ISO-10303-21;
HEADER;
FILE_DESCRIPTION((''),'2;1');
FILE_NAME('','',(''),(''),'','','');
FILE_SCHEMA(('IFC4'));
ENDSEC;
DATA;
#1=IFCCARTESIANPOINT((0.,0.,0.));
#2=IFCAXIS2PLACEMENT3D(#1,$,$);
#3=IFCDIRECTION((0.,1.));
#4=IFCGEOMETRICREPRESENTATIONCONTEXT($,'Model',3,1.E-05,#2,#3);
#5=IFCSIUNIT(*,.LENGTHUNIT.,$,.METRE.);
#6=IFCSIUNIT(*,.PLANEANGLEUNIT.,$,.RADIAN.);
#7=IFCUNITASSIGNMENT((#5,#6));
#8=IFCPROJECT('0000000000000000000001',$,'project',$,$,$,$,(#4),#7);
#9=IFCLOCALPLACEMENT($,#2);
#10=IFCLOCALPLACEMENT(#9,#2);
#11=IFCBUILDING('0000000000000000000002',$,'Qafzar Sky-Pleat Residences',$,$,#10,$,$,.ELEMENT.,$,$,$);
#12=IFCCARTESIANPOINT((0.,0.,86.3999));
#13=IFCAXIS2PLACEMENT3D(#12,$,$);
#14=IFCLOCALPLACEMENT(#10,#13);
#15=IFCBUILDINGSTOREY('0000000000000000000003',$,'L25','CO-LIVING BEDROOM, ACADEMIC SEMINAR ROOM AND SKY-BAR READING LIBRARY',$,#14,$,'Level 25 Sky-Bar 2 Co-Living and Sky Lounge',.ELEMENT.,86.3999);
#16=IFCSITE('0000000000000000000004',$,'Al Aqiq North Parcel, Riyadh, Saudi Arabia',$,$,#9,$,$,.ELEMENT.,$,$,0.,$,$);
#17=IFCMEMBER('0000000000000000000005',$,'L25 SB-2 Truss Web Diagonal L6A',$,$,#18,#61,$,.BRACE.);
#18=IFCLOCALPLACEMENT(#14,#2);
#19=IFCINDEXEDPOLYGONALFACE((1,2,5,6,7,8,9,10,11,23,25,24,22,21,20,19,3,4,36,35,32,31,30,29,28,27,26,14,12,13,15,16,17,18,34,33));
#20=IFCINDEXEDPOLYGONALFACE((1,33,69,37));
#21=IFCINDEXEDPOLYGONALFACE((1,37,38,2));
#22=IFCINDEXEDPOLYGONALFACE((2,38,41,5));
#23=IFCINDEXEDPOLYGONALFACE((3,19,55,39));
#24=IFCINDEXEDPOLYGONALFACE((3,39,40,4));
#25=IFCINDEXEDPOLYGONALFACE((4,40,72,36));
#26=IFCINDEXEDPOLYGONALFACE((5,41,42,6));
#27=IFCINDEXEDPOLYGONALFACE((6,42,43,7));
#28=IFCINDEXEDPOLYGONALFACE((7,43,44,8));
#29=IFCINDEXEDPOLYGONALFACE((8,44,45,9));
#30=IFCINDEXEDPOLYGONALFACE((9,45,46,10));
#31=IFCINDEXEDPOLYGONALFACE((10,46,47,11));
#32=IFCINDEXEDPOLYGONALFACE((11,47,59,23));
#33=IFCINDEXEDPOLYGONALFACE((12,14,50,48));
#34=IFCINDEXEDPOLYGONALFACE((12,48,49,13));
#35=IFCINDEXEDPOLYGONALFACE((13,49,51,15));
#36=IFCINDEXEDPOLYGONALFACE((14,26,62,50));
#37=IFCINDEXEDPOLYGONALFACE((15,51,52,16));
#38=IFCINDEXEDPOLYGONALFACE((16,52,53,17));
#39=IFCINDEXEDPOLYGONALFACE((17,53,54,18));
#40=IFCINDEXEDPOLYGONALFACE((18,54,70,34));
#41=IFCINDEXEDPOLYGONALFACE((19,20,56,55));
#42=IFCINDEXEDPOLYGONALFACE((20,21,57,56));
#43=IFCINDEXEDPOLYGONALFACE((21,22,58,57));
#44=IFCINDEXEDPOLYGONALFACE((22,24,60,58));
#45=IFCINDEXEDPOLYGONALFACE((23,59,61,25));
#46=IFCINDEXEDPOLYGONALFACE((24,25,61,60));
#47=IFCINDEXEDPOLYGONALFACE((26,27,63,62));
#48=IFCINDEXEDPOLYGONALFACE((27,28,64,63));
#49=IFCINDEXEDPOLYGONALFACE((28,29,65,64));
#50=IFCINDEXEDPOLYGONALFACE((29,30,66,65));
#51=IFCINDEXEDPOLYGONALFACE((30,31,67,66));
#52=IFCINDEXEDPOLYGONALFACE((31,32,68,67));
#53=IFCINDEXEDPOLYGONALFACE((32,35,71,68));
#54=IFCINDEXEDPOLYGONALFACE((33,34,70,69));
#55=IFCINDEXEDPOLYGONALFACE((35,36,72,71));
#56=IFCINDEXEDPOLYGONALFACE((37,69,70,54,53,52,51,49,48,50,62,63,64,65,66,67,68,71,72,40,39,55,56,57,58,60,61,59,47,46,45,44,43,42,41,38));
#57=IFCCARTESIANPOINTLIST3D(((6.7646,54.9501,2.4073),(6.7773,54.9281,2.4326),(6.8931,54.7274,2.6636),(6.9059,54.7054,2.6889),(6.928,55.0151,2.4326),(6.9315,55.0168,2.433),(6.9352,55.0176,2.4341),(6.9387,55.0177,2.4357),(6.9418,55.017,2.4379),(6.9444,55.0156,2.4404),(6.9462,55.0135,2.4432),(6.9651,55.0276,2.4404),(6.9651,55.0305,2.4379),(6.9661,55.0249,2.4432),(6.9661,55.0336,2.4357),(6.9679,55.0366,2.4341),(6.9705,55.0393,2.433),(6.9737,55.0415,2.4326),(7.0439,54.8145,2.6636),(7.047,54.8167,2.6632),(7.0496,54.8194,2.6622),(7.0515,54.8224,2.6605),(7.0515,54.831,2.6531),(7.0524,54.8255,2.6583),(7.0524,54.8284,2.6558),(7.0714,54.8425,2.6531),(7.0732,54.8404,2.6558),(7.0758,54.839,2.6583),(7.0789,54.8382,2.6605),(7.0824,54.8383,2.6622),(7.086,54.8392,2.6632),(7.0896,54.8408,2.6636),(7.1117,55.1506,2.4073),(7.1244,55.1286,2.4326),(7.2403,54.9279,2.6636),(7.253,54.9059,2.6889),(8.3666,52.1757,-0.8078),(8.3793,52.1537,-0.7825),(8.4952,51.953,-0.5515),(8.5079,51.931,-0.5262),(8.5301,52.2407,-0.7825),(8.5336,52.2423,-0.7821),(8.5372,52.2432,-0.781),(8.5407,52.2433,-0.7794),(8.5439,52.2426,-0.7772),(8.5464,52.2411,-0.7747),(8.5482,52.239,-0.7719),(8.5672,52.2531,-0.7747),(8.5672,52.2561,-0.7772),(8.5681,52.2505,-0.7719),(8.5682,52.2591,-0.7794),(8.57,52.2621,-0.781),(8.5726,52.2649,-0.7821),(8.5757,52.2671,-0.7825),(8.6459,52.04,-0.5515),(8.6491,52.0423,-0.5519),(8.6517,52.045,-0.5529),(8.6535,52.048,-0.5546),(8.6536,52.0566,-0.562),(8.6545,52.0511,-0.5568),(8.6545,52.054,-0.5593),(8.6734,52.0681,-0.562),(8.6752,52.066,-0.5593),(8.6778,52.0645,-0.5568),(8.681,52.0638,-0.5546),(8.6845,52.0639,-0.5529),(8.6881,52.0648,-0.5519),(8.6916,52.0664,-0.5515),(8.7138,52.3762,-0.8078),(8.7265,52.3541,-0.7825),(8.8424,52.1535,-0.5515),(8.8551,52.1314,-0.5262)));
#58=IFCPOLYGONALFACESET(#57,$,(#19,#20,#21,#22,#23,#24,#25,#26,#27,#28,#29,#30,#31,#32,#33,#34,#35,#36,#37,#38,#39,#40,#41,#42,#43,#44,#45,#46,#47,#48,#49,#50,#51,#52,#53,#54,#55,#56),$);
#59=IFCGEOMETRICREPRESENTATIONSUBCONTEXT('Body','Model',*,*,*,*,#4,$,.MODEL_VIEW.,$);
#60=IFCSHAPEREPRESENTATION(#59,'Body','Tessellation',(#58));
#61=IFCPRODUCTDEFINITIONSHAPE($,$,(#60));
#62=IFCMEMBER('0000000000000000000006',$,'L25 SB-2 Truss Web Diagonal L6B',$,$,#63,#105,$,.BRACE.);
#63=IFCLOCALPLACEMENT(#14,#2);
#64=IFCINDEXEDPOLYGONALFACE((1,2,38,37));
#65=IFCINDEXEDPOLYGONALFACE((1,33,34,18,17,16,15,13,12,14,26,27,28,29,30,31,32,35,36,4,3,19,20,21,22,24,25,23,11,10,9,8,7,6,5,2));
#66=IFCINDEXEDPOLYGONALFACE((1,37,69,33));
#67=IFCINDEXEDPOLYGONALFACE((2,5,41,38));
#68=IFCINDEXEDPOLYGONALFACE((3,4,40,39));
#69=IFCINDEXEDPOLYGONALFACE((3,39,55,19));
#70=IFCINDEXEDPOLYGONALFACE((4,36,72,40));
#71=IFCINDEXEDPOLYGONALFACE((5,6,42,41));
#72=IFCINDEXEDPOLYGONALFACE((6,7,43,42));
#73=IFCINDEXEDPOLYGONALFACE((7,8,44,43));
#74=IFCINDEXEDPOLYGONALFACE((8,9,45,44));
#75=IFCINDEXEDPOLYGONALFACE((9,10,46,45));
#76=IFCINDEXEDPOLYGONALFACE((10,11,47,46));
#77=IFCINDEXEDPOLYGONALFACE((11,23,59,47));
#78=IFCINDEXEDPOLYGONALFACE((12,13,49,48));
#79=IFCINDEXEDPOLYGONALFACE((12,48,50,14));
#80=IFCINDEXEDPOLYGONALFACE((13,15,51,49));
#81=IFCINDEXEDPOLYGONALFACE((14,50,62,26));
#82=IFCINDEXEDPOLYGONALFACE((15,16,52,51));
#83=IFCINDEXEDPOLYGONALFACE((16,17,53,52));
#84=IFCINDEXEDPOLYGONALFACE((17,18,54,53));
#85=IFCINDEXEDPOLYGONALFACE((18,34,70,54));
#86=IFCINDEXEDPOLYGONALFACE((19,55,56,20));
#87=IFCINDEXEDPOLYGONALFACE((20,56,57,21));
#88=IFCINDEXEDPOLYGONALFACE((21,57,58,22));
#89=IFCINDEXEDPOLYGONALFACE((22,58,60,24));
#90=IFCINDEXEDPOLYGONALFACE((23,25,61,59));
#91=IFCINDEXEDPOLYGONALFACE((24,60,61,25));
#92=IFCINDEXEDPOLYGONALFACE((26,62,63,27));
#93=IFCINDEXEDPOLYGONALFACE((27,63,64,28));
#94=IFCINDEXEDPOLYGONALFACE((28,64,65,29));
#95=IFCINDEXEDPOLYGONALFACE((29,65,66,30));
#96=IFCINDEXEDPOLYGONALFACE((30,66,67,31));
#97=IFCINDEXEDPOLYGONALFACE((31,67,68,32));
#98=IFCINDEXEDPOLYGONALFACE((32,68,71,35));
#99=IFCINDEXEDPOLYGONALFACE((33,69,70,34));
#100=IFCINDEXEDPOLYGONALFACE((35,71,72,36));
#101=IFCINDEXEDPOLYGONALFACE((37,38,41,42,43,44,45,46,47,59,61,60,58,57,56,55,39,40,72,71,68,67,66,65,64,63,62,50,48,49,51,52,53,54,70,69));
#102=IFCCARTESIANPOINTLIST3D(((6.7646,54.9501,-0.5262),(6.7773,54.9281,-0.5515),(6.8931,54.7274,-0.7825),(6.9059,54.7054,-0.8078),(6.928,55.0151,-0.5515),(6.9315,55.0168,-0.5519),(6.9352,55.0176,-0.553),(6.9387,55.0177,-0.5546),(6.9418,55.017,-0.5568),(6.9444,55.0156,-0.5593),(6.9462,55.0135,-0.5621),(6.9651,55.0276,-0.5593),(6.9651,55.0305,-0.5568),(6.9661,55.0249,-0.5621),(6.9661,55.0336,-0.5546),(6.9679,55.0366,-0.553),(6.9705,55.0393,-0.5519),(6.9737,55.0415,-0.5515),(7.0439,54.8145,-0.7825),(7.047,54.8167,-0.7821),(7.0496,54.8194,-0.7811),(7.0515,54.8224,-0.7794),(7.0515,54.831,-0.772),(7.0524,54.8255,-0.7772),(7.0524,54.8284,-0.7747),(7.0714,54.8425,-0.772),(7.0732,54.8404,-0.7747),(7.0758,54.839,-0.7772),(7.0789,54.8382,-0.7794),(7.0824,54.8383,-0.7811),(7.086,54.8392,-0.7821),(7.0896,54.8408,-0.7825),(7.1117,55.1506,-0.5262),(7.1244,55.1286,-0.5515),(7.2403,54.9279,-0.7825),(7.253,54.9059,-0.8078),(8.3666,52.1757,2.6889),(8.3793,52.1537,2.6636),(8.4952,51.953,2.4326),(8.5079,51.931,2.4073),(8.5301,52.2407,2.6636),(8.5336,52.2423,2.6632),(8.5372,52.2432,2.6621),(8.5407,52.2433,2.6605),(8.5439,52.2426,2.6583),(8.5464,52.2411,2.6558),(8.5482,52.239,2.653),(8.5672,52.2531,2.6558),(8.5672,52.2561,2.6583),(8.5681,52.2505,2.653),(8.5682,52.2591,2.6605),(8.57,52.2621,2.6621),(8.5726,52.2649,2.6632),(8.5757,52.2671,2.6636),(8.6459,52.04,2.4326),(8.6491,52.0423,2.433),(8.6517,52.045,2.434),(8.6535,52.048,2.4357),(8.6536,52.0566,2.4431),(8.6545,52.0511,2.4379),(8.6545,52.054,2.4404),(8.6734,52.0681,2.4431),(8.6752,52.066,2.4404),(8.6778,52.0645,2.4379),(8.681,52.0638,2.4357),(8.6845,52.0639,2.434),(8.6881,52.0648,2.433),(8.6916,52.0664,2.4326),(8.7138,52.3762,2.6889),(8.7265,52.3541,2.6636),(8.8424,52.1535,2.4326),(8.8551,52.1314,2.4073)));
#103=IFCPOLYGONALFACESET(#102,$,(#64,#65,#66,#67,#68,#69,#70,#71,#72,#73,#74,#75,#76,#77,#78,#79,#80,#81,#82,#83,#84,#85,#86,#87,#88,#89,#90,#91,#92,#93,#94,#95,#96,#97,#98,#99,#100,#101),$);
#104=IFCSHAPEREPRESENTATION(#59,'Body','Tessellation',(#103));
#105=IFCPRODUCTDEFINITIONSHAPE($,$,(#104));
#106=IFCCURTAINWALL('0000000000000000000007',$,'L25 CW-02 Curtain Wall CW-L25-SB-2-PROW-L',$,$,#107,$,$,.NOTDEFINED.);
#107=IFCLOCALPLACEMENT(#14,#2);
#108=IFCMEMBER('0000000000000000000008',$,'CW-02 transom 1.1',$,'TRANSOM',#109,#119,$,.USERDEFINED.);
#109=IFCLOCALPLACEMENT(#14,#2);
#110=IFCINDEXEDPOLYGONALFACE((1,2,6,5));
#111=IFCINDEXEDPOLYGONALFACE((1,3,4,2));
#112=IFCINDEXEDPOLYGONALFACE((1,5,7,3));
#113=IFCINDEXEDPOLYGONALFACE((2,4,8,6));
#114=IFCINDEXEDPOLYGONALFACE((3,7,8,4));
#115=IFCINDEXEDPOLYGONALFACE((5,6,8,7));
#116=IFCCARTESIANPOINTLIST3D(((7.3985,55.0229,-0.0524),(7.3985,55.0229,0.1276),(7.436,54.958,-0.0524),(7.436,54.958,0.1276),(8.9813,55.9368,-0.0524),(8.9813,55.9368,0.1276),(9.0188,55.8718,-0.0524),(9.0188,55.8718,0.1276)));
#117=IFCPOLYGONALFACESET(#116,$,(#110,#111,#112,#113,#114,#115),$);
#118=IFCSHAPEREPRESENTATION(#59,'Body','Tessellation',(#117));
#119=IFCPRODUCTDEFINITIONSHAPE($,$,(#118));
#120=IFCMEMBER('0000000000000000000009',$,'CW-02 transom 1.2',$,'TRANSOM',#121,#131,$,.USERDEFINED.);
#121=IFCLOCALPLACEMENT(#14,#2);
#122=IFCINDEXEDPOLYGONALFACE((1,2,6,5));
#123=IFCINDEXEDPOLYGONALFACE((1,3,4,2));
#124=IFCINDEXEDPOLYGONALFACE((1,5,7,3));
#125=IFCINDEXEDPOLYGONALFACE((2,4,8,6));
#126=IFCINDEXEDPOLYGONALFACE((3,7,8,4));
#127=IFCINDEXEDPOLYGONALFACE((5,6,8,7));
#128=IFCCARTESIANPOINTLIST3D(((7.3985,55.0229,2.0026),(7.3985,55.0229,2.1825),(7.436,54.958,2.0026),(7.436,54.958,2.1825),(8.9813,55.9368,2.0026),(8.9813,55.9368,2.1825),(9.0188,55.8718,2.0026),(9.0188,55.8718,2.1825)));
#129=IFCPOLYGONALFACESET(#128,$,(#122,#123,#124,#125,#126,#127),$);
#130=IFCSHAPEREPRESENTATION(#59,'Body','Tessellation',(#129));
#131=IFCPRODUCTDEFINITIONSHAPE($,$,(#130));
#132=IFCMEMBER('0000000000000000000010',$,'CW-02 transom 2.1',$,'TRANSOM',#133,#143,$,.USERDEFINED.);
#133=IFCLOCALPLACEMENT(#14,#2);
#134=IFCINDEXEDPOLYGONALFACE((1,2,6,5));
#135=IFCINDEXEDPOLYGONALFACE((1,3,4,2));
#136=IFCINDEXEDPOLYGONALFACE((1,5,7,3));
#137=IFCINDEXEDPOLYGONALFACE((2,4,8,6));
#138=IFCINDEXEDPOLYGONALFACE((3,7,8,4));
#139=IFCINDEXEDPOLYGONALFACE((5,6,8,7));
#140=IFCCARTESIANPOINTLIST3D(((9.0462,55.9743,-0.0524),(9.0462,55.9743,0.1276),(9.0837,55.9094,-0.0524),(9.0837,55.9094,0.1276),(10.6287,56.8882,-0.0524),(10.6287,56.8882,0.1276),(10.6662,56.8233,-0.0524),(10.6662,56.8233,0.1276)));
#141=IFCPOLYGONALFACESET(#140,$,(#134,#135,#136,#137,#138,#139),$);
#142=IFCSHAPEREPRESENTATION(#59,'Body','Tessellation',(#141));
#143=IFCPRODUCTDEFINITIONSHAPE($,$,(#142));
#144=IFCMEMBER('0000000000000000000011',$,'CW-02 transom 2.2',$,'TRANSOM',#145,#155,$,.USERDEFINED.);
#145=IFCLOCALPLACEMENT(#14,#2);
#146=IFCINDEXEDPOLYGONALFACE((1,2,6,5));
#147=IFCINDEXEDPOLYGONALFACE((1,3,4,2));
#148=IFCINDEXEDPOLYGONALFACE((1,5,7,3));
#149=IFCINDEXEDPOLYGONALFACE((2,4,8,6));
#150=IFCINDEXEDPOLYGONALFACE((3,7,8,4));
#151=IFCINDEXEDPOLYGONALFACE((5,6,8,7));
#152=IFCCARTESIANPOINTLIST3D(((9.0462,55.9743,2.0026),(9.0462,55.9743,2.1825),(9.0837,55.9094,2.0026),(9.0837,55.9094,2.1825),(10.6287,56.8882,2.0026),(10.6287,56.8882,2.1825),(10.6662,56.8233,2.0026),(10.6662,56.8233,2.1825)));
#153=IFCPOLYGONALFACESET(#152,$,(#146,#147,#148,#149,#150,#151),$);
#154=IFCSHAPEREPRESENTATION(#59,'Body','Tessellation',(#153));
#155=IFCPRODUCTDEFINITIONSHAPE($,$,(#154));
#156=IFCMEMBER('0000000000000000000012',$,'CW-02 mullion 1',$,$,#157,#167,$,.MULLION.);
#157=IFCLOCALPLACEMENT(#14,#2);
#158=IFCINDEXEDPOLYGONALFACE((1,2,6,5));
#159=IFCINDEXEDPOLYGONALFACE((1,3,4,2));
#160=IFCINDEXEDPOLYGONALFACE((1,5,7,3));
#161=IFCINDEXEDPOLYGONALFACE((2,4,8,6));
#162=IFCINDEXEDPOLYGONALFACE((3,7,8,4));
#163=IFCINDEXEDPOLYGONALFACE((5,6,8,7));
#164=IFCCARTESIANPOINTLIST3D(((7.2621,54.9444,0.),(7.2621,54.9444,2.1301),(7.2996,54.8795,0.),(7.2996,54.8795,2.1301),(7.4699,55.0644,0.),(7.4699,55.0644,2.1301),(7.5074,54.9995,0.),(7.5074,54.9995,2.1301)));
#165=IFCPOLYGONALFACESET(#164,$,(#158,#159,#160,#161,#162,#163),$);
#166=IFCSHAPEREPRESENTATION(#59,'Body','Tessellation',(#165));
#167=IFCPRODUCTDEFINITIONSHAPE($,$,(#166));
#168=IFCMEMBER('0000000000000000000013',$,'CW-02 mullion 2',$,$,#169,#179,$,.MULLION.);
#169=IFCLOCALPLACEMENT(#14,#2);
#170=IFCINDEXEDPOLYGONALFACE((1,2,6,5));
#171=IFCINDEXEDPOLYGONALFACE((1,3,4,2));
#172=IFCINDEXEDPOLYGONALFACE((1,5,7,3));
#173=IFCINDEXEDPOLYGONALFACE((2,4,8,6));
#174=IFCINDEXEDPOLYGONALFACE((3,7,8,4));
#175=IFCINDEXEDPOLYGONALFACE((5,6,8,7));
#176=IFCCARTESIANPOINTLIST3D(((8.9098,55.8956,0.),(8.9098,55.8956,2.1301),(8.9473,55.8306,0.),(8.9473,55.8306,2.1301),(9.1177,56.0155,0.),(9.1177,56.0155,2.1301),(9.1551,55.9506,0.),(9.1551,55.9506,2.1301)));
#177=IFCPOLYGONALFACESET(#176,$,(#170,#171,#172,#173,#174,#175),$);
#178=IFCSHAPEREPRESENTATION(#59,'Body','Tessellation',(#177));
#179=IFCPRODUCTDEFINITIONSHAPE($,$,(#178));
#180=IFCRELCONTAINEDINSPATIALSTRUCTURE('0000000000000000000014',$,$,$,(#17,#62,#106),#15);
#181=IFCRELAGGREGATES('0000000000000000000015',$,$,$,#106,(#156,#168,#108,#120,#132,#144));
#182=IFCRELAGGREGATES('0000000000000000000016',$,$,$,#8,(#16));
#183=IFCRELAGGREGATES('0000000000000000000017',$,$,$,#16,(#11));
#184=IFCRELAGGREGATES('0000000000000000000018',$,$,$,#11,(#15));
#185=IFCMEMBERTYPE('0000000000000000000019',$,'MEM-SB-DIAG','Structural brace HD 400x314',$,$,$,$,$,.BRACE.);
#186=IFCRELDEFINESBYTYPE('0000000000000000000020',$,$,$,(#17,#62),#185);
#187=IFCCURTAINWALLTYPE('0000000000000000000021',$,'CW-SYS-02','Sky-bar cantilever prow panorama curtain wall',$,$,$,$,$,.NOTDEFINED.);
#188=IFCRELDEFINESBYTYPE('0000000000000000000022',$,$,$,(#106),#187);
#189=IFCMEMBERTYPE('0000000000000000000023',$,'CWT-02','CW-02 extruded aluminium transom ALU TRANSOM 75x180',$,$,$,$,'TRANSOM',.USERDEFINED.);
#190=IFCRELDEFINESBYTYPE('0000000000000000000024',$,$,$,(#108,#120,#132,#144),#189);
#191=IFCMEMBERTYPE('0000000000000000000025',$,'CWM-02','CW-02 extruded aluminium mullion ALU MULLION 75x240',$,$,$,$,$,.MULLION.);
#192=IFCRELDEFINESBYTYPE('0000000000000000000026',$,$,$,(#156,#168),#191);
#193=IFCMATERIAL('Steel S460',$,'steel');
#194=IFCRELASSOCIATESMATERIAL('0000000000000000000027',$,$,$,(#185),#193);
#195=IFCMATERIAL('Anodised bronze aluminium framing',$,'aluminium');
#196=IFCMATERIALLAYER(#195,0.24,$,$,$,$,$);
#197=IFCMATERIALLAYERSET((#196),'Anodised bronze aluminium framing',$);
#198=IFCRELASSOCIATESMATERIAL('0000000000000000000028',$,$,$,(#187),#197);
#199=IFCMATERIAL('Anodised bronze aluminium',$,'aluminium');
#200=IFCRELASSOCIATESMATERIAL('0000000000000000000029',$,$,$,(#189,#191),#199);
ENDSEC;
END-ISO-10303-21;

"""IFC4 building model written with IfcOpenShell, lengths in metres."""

from ifc_helpers import new_model, si_unit, direction, frame, origin, origin_2d, place, context, subcontext, project, spatial, rectangle, i_section, extrude, source, transform, mapped, material, layer, layer_set, material_profile, profile_set, type_object, element, aggregate, save


model = new_model("IFC4")

# Units and contexts
model_context = context("Model", 3, precision=1e-05, world=origin(), true_north=direction((0.0, 1.0)))
body_context = subcontext(model_context, "Body", "Model", "MODEL_VIEW")
ifc_project = project(units=[si_unit("LENGTHUNIT", "METRE"), si_unit("PLANEANGLEUNIT", "RADIAN")], contexts=[model_context])

# Site, building, storey
site_placement = place(None, origin())
site = spatial("IfcSite", under=ifc_project, at=site_placement, Name="Al Aqiq North Parcel, Riyadh, Saudi Arabia", CompositionType="ELEMENT", RefElevation=0.0)
building_placement = place(site_placement, origin())
building = spatial("IfcBuilding", under=site, at=building_placement, Name="Qafzar Sky-Pleat Residences", CompositionType="ELEMENT")
storey_placement = place(building_placement, frame((0.0, 0.0, 86.3999)))
storey = spatial("IfcBuildingStorey", under=building, at=storey_placement, Name="L25", Description="CO-LIVING BEDROOM, ACADEMIC SEMINAR ROOM AND SKY-BAR READING LIBRARY", LongName="Level 25 Sky-Bar 2 Co-Living and Sky Lounge", CompositionType="ELEMENT", Elevation=86.3999)

# Members
ifc_material_1 = material(Name="Steel S460", Category="steel")
ifc_material_profile_1 = material_profile(ifc_material_1, i_section(OverallWidth=0.4009, OverallDepth=0.3989, WebThickness=0.0229, FlangeThickness=0.0359, FilletRadius=0.0149, at=origin_2d()), Name="HD 400x314")
ifc_profile_set_1 = profile_set([ifc_material_profile_1], Name="Steel S460")
member_type_1 = type_object("IfcMemberType", Name="MEM-SB-DIAG", Description="Structural brace HD 400x314", PredefinedType="BRACE", material=ifc_profile_set_1)
shared_shape_1 = source(origin(), body_context, "Body", "SweptSolid", [
    extrude(i_section(OverallWidth=0.4009, OverallDepth=0.3989, WebThickness=0.0229, FlangeThickness=0.0359, FilletRadius=0.0149, at=origin_2d()), origin(), (0.0, 0.0, 1.0), 4.5388),
])
for number, where, z_axis, x_axis, name in (
    (1, (8.6108, 52.1536, -0.667), (-0.352968, 0.611266, 0.708356), (-0.865993, -0.500057, 0.0), "L25 SB-2 Truss Web Diagonal L6A"),
    (2, (8.6108, 52.1536, 2.5481), (-0.352968, 0.611266, -0.708356), (-0.865993, -0.500057, 0.0), "L25 SB-2 Truss Web Diagonal L6B"),
):
    element("IfcMember", number, at=place(storey_placement, frame(where, z_axis=z_axis, x_axis=x_axis)), inside=storey, type_object=member_type_1, Name=name, PredefinedType="BRACE", context=body_context, shape_type="MappedRepresentation", body=[
        mapped(shared_shape_1, transform((0.0, 0.0, 0.0), x_axis=(1.0, 0.0, 0.0), y_axis=(0.0, 1.0, 0.0), z_axis=(0.0, 0.0, 1.0), scale=1.0)),
    ])

# Curtain wall, members
ifc_material_2 = material(Name="Anodised bronze aluminium framing", Category="aluminium")
ifc_layer_1 = layer(ifc_material_2, 0.24)
ifc_layer_set_1 = layer_set([ifc_layer_1], Name="Anodised bronze aluminium framing")
curtain_wall_type = type_object("IfcCurtainWallType", Name="CW-SYS-02", Description="Sky-bar cantilever prow panorama curtain wall", PredefinedType="NOTDEFINED", material=ifc_layer_set_1)
curtain_wall_placement = place(storey_placement, origin())
curtain_wall = element("IfcCurtainWall", 3, at=curtain_wall_placement, inside=storey, type_object=curtain_wall_type, Name="L25 CW-02 Curtain Wall CW-L25-SB-2-PROW-L", PredefinedType="NOTDEFINED")
ifc_material_3 = material(Name="Anodised bronze aluminium", Category="aluminium")
ifc_material_profile_2 = material_profile(ifc_material_3, rectangle(XDim=0.075, YDim=0.1799, at=origin_2d()), Name="ALU TRANSOM 75x180")
ifc_profile_set_2 = profile_set([ifc_material_profile_2], Name="Anodised bronze aluminium")
member_type_2 = type_object("IfcMemberType", Name="CWT-02", Description="CW-02 extruded aluminium transom ALU TRANSOM 75x180", ElementType="TRANSOM", PredefinedType="USERDEFINED", material=ifc_profile_set_2)
shared_shape_2 = source(origin(), body_context, "Body", "SweptSolid", [
    extrude(rectangle(XDim=0.075, YDim=0.1799, at=origin_2d()), origin(), (0.0, 0.0, 1.0), 1.8276),
])
member_1_placement = place(storey_placement, frame((7.4172, 54.9905, 0.0376), z_axis=(0.866023, 0.500004, 0.0), x_axis=(-0.500004, 0.866023, 0.0)))
member_1 = element("IfcMember", 4, at=member_1_placement, type_object=member_type_2, Name="CW-02 transom 1.1", ObjectType="TRANSOM", PredefinedType="USERDEFINED", context=body_context, shape_type="MappedRepresentation", body=[
    mapped(shared_shape_2, transform((0.0, 0.0, 0.0), x_axis=(1.0, 0.0, 0.0), y_axis=(0.0, 1.0, 0.0), z_axis=(0.0, 0.0, 1.0), scale=1.0)),
])
member_2_placement = place(storey_placement, frame((7.4172, 54.9905, 2.0925), z_axis=(0.866023, 0.500004, 0.0), x_axis=(-0.500004, 0.866023, 0.0)))
member_2 = element("IfcMember", 5, at=member_2_placement, type_object=member_type_2, Name="CW-02 transom 1.2", ObjectType="TRANSOM", PredefinedType="USERDEFINED", context=body_context, shape_type="MappedRepresentation", body=[
    mapped(shared_shape_2, transform((0.0, 0.0, 0.0), x_axis=(1.0, 0.0, 0.0), y_axis=(0.0, 1.0, 0.0), z_axis=(0.0, 0.0, 1.0), scale=1.0)),
])
shared_shape_3 = source(origin(), body_context, "Body", "SweptSolid", [
    extrude(rectangle(XDim=0.075, YDim=0.1799, at=origin_2d()), origin(), (0.0, 0.0, 1.0), 1.8274),
])
member_3_placement = place(storey_placement, frame((9.0649, 55.9419, 0.0376), z_axis=(0.86599, 0.500062, 0.0), x_axis=(-0.500062, 0.86599, 0.0)))
member_3 = element("IfcMember", 6, at=member_3_placement, type_object=member_type_2, Name="CW-02 transom 2.1", ObjectType="TRANSOM", PredefinedType="USERDEFINED", context=body_context, shape_type="MappedRepresentation", body=[
    mapped(shared_shape_3, transform((0.0, 0.0, 0.0), x_axis=(1.0, 0.0, 0.0), y_axis=(0.0, 1.0, 0.0), z_axis=(0.0, 0.0, 1.0), scale=1.0)),
])
member_4_placement = place(storey_placement, frame((9.0649, 55.9419, 2.0925), z_axis=(0.86599, 0.500062, 0.0), x_axis=(-0.500062, 0.86599, 0.0)))
member_4 = element("IfcMember", 7, at=member_4_placement, type_object=member_type_2, Name="CW-02 transom 2.2", ObjectType="TRANSOM", PredefinedType="USERDEFINED", context=body_context, shape_type="MappedRepresentation", body=[
    mapped(shared_shape_3, transform((0.0, 0.0, 0.0), x_axis=(1.0, 0.0, 0.0), y_axis=(0.0, 1.0, 0.0), z_axis=(0.0, 0.0, 1.0), scale=1.0)),
])
ifc_material_profile_3 = material_profile(ifc_material_3, rectangle(XDim=0.075, YDim=0.24, at=origin_2d()), Name="ALU MULLION 75x240")
ifc_profile_set_3 = profile_set([ifc_material_profile_3], Name="Anodised bronze aluminium")
member_type_3 = type_object("IfcMemberType", Name="CWM-02", Description="CW-02 extruded aluminium mullion ALU MULLION 75x240", PredefinedType="MULLION", material=ifc_profile_set_3)
shared_shape_4 = source(origin(), body_context, "Body", "SweptSolid", [
    extrude(rectangle(XDim=0.075, YDim=0.24, at=origin_2d()), origin(), (0.0, 0.0, 1.0), 2.1301),
])
member_5_placement = place(storey_placement, frame((7.3848, 54.9719, 0.0), z_axis=(0.0, 0.0, 1.0), x_axis=(-0.499998, 0.866027, 0.0)))
member_5 = element("IfcMember", 8, at=member_5_placement, type_object=member_type_3, Name="CW-02 mullion 1", PredefinedType="MULLION", context=body_context, shape_type="MappedRepresentation", body=[
    mapped(shared_shape_4, transform((0.0, 0.0, 0.0), x_axis=(1.0, 0.0, 0.0), y_axis=(0.0, 1.0, 0.0), z_axis=(0.0, 0.0, 1.0), scale=1.0)),
])
member_6_placement = place(storey_placement, frame((9.0325, 55.9231, 0.0), z_axis=(0.0, 0.0, 1.0), x_axis=(-0.499998, 0.866027, 0.0)))
member_6 = element("IfcMember", 9, at=member_6_placement, type_object=member_type_3, Name="CW-02 mullion 2", PredefinedType="MULLION", context=body_context, shape_type="MappedRepresentation", body=[
    mapped(shared_shape_4, transform((0.0, 0.0, 0.0), x_axis=(1.0, 0.0, 0.0), y_axis=(0.0, 1.0, 0.0), z_axis=(0.0, 0.0, 1.0), scale=1.0)),
])
aggregate(curtain_wall, [member_5, member_6, member_1, member_2, member_3, member_4])

save(model, "model.ifc")
